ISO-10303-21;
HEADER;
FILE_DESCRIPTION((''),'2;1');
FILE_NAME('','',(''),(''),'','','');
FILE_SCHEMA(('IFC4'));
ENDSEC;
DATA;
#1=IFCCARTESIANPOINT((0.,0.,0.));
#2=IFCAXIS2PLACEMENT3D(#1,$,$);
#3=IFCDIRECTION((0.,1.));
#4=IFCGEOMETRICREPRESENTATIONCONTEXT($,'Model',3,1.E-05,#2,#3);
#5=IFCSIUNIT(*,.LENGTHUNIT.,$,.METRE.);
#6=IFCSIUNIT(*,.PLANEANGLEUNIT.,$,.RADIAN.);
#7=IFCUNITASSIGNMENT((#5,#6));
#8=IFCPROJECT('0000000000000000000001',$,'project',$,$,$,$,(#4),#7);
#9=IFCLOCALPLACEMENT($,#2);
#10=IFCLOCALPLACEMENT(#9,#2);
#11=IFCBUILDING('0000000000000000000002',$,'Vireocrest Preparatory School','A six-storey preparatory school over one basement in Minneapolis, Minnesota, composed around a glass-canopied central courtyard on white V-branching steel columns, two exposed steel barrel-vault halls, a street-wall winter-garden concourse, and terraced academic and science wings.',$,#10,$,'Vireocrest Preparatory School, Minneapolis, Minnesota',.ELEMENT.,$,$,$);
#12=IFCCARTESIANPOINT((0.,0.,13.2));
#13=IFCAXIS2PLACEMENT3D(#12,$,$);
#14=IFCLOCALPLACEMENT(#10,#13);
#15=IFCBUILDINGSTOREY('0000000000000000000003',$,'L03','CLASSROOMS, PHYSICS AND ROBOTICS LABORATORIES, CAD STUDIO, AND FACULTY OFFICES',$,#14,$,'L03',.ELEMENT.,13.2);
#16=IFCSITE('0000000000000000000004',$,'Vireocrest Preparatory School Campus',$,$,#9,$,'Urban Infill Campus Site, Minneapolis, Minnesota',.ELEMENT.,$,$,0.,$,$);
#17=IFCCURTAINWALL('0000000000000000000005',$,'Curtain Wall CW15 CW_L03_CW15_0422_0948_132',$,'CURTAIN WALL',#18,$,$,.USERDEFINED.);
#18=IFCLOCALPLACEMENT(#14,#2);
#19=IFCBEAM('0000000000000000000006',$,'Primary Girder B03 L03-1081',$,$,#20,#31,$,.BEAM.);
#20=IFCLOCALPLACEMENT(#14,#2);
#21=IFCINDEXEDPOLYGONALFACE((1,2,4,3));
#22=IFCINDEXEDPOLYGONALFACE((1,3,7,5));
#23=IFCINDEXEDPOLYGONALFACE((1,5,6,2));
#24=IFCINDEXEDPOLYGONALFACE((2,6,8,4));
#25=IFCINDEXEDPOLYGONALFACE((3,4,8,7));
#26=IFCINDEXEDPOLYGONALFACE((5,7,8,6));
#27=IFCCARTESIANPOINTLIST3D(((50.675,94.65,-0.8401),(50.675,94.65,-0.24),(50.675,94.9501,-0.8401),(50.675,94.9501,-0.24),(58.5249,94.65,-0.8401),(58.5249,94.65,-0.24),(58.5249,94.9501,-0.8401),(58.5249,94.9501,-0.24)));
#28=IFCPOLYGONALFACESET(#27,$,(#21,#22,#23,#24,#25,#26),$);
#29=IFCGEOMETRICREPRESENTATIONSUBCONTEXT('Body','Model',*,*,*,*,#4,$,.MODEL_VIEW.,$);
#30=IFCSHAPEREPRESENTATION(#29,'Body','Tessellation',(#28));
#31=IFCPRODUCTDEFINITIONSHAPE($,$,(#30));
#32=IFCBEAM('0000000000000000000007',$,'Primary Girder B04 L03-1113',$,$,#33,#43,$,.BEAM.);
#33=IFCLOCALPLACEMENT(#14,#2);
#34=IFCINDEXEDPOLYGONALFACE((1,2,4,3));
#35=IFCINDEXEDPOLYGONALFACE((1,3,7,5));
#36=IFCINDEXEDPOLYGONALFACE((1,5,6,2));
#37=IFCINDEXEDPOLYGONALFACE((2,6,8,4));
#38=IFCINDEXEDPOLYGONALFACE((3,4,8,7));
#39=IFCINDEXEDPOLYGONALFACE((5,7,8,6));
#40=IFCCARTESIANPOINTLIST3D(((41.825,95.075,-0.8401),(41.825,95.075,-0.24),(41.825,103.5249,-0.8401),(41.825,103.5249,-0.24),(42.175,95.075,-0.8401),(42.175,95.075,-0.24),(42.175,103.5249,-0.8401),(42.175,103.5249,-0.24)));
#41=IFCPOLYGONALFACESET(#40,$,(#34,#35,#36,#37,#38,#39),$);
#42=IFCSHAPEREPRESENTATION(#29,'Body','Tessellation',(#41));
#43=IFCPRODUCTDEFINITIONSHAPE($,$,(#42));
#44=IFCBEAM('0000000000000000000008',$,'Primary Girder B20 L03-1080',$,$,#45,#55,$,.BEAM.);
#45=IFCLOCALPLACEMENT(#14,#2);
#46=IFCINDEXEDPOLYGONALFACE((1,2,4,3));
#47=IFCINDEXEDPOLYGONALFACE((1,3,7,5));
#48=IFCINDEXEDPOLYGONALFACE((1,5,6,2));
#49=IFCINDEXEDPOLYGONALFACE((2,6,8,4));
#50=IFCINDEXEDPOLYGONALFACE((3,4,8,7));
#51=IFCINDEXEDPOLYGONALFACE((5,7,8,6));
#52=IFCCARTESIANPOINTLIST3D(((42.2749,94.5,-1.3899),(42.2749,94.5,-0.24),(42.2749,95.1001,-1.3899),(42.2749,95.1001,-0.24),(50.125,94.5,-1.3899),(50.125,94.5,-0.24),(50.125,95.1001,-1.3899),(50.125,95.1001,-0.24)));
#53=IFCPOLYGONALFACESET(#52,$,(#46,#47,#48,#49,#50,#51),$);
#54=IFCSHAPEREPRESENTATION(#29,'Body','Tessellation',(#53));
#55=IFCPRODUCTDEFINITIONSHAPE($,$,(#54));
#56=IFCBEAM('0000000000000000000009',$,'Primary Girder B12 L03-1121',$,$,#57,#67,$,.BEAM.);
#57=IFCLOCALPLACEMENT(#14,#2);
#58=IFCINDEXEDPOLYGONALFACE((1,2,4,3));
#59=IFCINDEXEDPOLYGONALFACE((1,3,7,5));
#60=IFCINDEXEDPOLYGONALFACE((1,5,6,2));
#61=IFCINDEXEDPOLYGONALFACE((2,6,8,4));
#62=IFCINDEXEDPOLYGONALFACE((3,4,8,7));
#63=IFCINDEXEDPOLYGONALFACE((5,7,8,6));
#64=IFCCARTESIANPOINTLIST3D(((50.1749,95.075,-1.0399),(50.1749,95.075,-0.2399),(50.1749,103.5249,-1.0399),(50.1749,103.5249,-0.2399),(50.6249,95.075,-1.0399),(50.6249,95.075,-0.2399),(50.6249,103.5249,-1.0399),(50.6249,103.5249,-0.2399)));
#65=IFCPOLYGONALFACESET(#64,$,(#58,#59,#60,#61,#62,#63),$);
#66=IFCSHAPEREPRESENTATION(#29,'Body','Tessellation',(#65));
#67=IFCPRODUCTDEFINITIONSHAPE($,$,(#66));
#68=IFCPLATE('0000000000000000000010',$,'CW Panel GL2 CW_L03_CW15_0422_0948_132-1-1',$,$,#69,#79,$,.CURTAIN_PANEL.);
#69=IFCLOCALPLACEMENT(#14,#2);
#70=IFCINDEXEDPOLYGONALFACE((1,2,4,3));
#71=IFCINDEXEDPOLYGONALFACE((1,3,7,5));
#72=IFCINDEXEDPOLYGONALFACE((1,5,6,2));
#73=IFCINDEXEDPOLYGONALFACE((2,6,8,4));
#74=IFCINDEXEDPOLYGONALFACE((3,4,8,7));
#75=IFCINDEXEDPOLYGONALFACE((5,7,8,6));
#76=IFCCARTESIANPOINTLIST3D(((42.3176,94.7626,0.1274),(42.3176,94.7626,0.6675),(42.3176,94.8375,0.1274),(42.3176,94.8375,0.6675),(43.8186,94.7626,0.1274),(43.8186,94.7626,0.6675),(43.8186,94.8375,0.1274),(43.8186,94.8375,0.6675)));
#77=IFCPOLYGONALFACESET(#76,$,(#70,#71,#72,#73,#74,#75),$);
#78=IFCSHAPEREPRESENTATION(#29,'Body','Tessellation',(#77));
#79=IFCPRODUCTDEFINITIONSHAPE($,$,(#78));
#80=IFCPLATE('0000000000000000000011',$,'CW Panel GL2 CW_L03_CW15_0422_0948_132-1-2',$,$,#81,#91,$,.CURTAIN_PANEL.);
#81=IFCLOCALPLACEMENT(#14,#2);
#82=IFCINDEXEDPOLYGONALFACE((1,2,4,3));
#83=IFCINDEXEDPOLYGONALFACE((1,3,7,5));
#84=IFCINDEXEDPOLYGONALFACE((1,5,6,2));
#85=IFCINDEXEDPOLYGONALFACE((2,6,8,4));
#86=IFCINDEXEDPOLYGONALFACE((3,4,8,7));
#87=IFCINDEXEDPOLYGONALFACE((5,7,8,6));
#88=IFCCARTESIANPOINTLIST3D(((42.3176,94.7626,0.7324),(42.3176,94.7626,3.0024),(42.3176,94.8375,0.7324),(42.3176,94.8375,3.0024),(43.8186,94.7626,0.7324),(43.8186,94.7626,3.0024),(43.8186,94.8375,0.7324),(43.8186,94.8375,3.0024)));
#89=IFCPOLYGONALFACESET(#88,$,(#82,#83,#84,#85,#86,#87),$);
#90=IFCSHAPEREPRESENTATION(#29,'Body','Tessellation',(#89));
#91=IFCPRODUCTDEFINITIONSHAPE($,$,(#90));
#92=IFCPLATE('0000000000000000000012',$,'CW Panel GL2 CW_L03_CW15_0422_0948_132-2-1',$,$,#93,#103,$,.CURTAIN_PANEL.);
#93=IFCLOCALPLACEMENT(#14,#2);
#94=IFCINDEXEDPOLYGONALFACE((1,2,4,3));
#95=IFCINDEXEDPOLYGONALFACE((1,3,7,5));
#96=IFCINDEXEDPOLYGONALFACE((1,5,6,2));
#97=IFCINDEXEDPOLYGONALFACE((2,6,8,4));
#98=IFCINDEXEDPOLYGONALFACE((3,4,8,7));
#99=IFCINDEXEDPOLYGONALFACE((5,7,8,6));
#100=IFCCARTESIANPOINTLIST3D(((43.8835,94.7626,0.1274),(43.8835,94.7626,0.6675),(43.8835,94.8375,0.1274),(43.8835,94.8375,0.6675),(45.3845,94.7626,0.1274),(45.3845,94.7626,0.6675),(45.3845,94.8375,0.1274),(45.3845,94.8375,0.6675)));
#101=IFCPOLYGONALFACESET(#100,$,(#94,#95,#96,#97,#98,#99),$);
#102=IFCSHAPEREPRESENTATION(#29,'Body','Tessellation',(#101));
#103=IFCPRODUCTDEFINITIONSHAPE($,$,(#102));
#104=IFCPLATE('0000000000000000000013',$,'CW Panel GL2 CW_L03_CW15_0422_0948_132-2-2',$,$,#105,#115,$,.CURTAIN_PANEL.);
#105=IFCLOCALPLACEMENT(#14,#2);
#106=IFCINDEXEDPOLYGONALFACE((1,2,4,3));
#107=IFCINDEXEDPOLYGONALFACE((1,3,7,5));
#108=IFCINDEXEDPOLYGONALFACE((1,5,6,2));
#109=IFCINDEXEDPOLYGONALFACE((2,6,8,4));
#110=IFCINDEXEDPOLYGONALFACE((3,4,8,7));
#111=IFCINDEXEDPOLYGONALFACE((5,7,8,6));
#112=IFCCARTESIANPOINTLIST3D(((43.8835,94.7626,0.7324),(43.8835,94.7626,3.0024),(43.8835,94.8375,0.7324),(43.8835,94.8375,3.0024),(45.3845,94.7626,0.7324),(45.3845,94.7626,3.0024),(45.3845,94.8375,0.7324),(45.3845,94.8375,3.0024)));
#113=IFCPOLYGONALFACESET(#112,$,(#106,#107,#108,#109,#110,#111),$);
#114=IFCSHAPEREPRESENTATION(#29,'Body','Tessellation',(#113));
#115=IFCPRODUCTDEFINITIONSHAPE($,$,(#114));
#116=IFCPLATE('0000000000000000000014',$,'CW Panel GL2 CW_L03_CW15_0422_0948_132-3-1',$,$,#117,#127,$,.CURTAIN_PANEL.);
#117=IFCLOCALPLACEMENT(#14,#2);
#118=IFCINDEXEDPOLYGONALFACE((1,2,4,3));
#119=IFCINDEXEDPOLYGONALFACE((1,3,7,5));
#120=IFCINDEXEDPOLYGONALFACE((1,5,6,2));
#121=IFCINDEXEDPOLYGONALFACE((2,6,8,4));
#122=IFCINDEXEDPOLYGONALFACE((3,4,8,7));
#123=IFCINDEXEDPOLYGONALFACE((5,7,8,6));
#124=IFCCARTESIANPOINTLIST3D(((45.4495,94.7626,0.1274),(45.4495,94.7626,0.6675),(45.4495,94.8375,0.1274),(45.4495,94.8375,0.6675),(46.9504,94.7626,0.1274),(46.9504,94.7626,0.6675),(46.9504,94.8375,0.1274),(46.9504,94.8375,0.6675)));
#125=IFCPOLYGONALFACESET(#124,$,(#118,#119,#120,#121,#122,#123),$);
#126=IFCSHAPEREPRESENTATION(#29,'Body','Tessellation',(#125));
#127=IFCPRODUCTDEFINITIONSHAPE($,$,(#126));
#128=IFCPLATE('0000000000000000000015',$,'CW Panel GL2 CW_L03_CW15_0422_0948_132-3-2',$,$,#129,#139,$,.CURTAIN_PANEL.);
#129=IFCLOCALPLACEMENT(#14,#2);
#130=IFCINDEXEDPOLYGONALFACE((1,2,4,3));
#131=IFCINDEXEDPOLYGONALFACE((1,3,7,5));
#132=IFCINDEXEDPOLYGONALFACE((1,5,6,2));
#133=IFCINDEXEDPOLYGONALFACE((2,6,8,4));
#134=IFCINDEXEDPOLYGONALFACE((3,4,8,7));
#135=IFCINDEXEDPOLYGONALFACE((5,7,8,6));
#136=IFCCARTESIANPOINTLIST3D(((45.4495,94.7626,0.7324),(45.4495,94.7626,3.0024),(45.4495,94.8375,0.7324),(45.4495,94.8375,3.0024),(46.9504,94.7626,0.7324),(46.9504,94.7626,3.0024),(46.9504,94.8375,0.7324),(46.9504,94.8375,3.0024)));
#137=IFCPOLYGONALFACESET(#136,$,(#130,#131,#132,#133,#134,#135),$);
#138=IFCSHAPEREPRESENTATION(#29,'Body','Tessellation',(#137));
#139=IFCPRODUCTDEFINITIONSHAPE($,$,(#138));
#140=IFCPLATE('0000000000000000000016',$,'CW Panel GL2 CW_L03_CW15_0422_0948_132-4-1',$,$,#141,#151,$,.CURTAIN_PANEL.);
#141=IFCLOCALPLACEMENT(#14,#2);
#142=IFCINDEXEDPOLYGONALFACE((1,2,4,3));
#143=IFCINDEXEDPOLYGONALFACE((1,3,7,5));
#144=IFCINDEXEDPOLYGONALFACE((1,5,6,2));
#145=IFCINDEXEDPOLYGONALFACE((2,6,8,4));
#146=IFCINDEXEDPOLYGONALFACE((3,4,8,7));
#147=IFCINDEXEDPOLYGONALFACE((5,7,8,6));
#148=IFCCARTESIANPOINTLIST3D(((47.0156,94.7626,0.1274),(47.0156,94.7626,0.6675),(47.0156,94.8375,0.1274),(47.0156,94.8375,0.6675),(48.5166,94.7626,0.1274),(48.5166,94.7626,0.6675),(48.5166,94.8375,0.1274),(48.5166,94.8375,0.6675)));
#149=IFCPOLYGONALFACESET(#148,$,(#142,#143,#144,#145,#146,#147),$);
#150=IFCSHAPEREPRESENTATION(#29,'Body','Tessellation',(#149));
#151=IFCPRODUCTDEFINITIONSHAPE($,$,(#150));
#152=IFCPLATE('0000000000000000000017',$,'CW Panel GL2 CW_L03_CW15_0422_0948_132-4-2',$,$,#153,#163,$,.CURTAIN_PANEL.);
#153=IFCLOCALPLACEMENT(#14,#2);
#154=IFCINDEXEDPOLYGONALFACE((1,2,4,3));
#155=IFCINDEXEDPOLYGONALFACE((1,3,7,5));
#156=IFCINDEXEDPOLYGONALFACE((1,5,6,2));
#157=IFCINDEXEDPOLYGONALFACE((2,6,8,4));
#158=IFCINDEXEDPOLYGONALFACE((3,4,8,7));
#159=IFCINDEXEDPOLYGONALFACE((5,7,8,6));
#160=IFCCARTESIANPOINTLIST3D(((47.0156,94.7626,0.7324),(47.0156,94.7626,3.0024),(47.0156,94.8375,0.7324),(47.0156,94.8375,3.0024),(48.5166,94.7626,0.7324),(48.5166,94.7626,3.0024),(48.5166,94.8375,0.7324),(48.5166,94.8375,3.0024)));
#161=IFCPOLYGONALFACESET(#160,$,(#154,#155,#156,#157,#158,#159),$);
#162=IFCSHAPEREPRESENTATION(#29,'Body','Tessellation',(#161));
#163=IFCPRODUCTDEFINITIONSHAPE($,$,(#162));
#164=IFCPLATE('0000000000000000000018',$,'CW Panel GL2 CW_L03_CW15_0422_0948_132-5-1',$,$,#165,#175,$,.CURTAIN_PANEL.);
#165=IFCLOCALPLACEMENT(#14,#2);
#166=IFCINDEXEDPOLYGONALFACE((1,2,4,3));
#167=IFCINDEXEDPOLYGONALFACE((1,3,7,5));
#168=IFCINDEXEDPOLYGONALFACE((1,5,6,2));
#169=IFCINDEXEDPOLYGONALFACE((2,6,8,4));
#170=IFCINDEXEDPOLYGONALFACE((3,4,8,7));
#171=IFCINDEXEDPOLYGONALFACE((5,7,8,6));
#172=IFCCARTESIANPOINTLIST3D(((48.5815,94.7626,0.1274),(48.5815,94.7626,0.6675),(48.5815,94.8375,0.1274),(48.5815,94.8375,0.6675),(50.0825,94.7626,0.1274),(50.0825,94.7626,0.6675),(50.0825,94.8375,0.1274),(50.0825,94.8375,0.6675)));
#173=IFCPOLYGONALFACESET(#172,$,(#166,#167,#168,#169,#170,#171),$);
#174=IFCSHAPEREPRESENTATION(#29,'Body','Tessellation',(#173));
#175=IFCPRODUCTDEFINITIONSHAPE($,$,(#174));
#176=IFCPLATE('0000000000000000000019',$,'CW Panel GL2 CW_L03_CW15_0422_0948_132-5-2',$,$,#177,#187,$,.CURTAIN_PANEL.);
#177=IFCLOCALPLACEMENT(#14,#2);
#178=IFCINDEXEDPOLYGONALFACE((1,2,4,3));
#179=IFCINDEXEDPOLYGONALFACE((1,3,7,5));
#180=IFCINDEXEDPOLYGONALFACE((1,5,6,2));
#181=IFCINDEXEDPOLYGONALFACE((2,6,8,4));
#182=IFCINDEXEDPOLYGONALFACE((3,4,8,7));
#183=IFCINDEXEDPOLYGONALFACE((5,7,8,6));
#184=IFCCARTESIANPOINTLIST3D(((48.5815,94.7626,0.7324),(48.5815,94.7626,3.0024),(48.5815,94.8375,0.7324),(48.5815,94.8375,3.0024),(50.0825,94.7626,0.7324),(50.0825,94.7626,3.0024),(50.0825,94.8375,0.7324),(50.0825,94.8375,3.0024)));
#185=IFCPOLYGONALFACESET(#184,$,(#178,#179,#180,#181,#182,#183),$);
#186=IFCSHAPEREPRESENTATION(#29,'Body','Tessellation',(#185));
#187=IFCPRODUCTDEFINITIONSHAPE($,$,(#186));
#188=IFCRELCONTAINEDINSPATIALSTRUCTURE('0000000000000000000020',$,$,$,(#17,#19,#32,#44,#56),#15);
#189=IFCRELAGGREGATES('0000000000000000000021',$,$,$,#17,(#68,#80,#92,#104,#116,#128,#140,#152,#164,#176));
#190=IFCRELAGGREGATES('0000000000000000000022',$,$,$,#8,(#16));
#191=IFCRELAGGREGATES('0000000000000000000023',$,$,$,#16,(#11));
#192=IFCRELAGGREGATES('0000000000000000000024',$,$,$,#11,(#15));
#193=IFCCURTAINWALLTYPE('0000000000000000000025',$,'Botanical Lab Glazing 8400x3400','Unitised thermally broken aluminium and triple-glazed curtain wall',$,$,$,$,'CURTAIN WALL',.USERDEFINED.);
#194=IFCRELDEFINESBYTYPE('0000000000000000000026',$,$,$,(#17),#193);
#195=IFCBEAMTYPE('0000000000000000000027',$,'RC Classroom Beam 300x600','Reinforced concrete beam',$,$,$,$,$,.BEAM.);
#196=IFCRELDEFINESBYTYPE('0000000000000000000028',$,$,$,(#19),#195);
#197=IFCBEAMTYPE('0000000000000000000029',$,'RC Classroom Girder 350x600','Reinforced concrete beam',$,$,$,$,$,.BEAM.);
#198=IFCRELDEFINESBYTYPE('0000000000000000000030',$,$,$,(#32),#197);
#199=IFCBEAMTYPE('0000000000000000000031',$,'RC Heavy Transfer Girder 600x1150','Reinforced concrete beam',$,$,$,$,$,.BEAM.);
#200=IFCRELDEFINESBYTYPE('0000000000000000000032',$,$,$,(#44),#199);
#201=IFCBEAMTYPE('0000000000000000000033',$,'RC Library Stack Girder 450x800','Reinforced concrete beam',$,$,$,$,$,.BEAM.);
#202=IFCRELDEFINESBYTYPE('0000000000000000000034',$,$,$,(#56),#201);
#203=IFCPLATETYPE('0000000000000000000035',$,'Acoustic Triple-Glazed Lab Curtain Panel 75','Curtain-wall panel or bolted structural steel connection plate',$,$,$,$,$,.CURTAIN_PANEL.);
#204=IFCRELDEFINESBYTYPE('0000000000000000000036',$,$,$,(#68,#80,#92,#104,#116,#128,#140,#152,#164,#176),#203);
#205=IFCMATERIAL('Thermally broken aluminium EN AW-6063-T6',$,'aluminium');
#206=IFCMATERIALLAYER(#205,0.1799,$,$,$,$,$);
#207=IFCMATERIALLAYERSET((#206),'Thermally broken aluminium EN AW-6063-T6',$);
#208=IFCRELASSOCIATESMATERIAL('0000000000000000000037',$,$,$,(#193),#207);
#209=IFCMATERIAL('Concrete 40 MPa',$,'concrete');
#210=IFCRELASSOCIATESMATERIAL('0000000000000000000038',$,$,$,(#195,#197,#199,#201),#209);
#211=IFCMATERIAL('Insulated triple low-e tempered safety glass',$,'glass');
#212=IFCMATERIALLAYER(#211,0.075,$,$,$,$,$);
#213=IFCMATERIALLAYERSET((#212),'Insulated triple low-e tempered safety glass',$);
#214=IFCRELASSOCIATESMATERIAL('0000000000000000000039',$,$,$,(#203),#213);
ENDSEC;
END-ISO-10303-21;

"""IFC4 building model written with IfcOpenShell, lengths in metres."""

from ifc_helpers import new_model, si_unit, direction, frame, origin, origin_2d, place, context, subcontext, project, spatial, rectangle, extrude, material, layer, layer_set, material_profile, profile_set, type_object, element, aggregate, save


model = new_model("IFC4")

# Units and contexts
model_context = context("Model", 3, precision=1e-05, world=origin(), true_north=direction((0.0, 1.0)))
body_context = subcontext(model_context, "Body", "Model", "MODEL_VIEW")
ifc_project = project(units=[si_unit("LENGTHUNIT", "METRE"), si_unit("PLANEANGLEUNIT", "RADIAN")], contexts=[model_context])

# Site, building, storey
site_placement = place(None, origin())
site = spatial("IfcSite", under=ifc_project, at=site_placement, Name="Vireocrest Preparatory School Campus", LongName="Urban Infill Campus Site, Minneapolis, Minnesota", CompositionType="ELEMENT", RefElevation=0.0)
building_placement = place(site_placement, origin())
building = spatial("IfcBuilding", under=site, at=building_placement, Name="Vireocrest Preparatory School", Description="A six-storey preparatory school over one basement in Minneapolis, Minnesota, composed around a glass-canopied central courtyard on white V-branching steel columns, two exposed steel barrel-vault halls, a street-wall winter-garden concourse, and terraced academic and science wings.", LongName="Vireocrest Preparatory School, Minneapolis, Minnesota", CompositionType="ELEMENT")
storey_placement = place(building_placement, frame((0.0, 0.0, 13.2)))
storey = spatial("IfcBuildingStorey", under=building, at=storey_placement, Name="L03", Description="CLASSROOMS, PHYSICS AND ROBOTICS LABORATORIES, CAD STUDIO, AND FACULTY OFFICES", LongName="L03", CompositionType="ELEMENT", Elevation=13.2)

# Curtain wall
ifc_material_1 = material(Name="Thermally broken aluminium EN AW-6063-T6", Category="aluminium")
ifc_layer_1 = layer(ifc_material_1, 0.1799)
ifc_layer_set_1 = layer_set([ifc_layer_1], Name="Thermally broken aluminium EN AW-6063-T6")
curtain_wall_type = type_object("IfcCurtainWallType", Name="Botanical Lab Glazing 8400x3400", Description="Unitised thermally broken aluminium and triple-glazed curtain wall", ElementType="CURTAIN WALL", PredefinedType="USERDEFINED", material=ifc_layer_set_1)
curtain_wall_placement = place(storey_placement, origin())
curtain_wall = element("IfcCurtainWall", 1, at=curtain_wall_placement, inside=storey, type_object=curtain_wall_type, Name="Curtain Wall CW15 CW_L03_CW15_0422_0948_132", ObjectType="CURTAIN WALL", PredefinedType="USERDEFINED")

# Beams
ifc_material_2 = material(Name="Concrete 40 MPa", Category="concrete")
ifc_material_profile_1 = material_profile(ifc_material_2, rectangle(XDim=0.3, YDim=0.6001, at=origin_2d()), Name="RC 300x600")
ifc_profile_set_1 = profile_set([ifc_material_profile_1], Name="Concrete 40 MPa")
beam_type_1 = type_object("IfcBeamType", Name="RC Classroom Beam 300x600", Description="Reinforced concrete beam", PredefinedType="BEAM", material=ifc_profile_set_1)
beam_1_placement = place(storey_placement, frame((50.675, 94.8, -0.54), z_axis=(1.0, 0.0, 0.0), x_axis=(0.0, 1.0, 0.0)))
element("IfcBeam", 2, at=beam_1_placement, inside=storey, type_object=beam_type_1, Name="Primary Girder B03 L03-1081", PredefinedType="BEAM", context=body_context, shape_type="SweptSolid", body=[
    extrude(rectangle(XDim=0.3, YDim=0.6001, at=origin_2d()), origin(), (0.0, 0.0, 1.0), 7.8499),
])
ifc_material_profile_2 = material_profile(ifc_material_2, rectangle(XDim=0.3501, YDim=0.6001, at=origin_2d()), Name="RC 350x600")
ifc_profile_set_2 = profile_set([ifc_material_profile_2], Name="Concrete 40 MPa")
beam_type_2 = type_object("IfcBeamType", Name="RC Classroom Girder 350x600", Description="Reinforced concrete beam", PredefinedType="BEAM", material=ifc_profile_set_2)
beam_2_placement = place(storey_placement, frame((42.0, 95.075, -0.54), z_axis=(0.0, 1.0, 0.0), x_axis=(-1.0, 0.0, 0.0)))
element("IfcBeam", 3, at=beam_2_placement, inside=storey, type_object=beam_type_2, Name="Primary Girder B04 L03-1113", PredefinedType="BEAM", context=body_context, shape_type="SweptSolid", body=[
    extrude(rectangle(XDim=0.3501, YDim=0.6001, at=origin_2d()), origin(), (0.0, 0.0, 1.0), 8.45),
])
ifc_material_profile_3 = material_profile(ifc_material_2, rectangle(XDim=0.6001, YDim=1.1499, at=origin_2d()), Name="RC 600x1150")
ifc_profile_set_3 = profile_set([ifc_material_profile_3], Name="Concrete 40 MPa")
beam_type_3 = type_object("IfcBeamType", Name="RC Heavy Transfer Girder 600x1150", Description="Reinforced concrete beam", PredefinedType="BEAM", material=ifc_profile_set_3)
beam_3_placement = place(storey_placement, frame((42.2749, 94.8, -0.8149), z_axis=(1.0, 0.0, 0.0), x_axis=(0.0, 1.0, 0.0)))
element("IfcBeam", 4, at=beam_3_placement, inside=storey, type_object=beam_type_3, Name="Primary Girder B20 L03-1080", PredefinedType="BEAM", context=body_context, shape_type="SweptSolid", body=[
    extrude(rectangle(XDim=0.6001, YDim=1.1499, at=origin_2d()), origin(), (0.0, 0.0, 1.0), 7.8501),
])
ifc_material_profile_4 = material_profile(ifc_material_2, rectangle(XDim=0.45, YDim=0.8, at=origin_2d()), Name="RC 450x800")
ifc_profile_set_4 = profile_set([ifc_material_profile_4], Name="Concrete 40 MPa")
beam_type_4 = type_object("IfcBeamType", Name="RC Library Stack Girder 450x800", Description="Reinforced concrete beam", PredefinedType="BEAM", material=ifc_profile_set_4)
beam_4_placement = place(storey_placement, frame((50.3999, 95.075, -0.6399), z_axis=(0.0, 1.0, 0.0), x_axis=(-1.0, 0.0, 0.0)))
element("IfcBeam", 5, at=beam_4_placement, inside=storey, type_object=beam_type_4, Name="Primary Girder B12 L03-1121", PredefinedType="BEAM", context=body_context, shape_type="SweptSolid", body=[
    extrude(rectangle(XDim=0.45, YDim=0.8, at=origin_2d()), origin(), (0.0, 0.0, 1.0), 8.45),
])

# Plates
ifc_material_3 = material(Name="Insulated triple low-e tempered safety glass", Category="glass")
ifc_layer_2 = layer(ifc_material_3, 0.075)
ifc_layer_set_2 = layer_set([ifc_layer_2], Name="Insulated triple low-e tempered safety glass")
plate_type = type_object("IfcPlateType", Name="Acoustic Triple-Glazed Lab Curtain Panel 75", Description="Curtain-wall panel or bolted structural steel connection plate", PredefinedType="CURTAIN_PANEL", material=ifc_layer_set_2)
plate_1_placement = place(storey_placement, frame((43.0681, 94.8, 0.1274), z_axis=(0.0, 0.0, 1.0), x_axis=(1.0, 0.0, 0.0)))
plate_1 = element("IfcPlate", 6, at=plate_1_placement, type_object=plate_type, Name="CW Panel GL2 CW_L03_CW15_0422_0948_132-1-1", PredefinedType="CURTAIN_PANEL", context=body_context, shape_type="SweptSolid", body=[
    extrude(rectangle(XDim=1.501, YDim=0.075, at=origin_2d()), origin(), (0.0, 0.0, 1.0), 0.54),
])
plate_2_placement = place(storey_placement, frame((43.0681, 94.8, 0.7324), z_axis=(0.0, 0.0, 1.0), x_axis=(1.0, 0.0, 0.0)))
plate_2 = element("IfcPlate", 7, at=plate_2_placement, type_object=plate_type, Name="CW Panel GL2 CW_L03_CW15_0422_0948_132-1-2", PredefinedType="CURTAIN_PANEL", context=body_context, shape_type="SweptSolid", body=[
    extrude(rectangle(XDim=1.501, YDim=0.075, at=origin_2d()), origin(), (0.0, 0.0, 1.0), 2.27),
])
plate_3_placement = place(storey_placement, frame((44.634, 94.8, 0.1274), z_axis=(0.0, 0.0, 1.0), x_axis=(1.0, 0.0, 0.0)))
plate_3 = element("IfcPlate", 8, at=plate_3_placement, type_object=plate_type, Name="CW Panel GL2 CW_L03_CW15_0422_0948_132-2-1", PredefinedType="CURTAIN_PANEL", context=body_context, shape_type="SweptSolid", body=[
    extrude(rectangle(XDim=1.501, YDim=0.075, at=origin_2d()), origin(), (0.0, 0.0, 1.0), 0.54),
])
plate_4_placement = place(storey_placement, frame((44.634, 94.8, 0.7324), z_axis=(0.0, 0.0, 1.0), x_axis=(1.0, 0.0, 0.0)))
plate_4 = element("IfcPlate", 9, at=plate_4_placement, type_object=plate_type, Name="CW Panel GL2 CW_L03_CW15_0422_0948_132-2-2", PredefinedType="CURTAIN_PANEL", context=body_context, shape_type="SweptSolid", body=[
    extrude(rectangle(XDim=1.501, YDim=0.075, at=origin_2d()), origin(), (0.0, 0.0, 1.0), 2.27),
])
plate_5_placement = place(storey_placement, frame((46.2, 94.8, 0.1274), z_axis=(0.0, 0.0, 1.0), x_axis=(1.0, 0.0, 0.0)))
plate_5 = element("IfcPlate", 10, at=plate_5_placement, type_object=plate_type, Name="CW Panel GL2 CW_L03_CW15_0422_0948_132-3-1", PredefinedType="CURTAIN_PANEL", context=body_context, shape_type="SweptSolid", body=[
    extrude(rectangle(XDim=1.501, YDim=0.075, at=origin_2d()), origin(), (0.0, 0.0, 1.0), 0.54),
])
plate_6_placement = place(storey_placement, frame((46.2, 94.8, 0.7324), z_axis=(0.0, 0.0, 1.0), x_axis=(1.0, 0.0, 0.0)))
plate_6 = element("IfcPlate", 11, at=plate_6_placement, type_object=plate_type, Name="CW Panel GL2 CW_L03_CW15_0422_0948_132-3-2", PredefinedType="CURTAIN_PANEL", context=body_context, shape_type="SweptSolid", body=[
    extrude(rectangle(XDim=1.501, YDim=0.075, at=origin_2d()), origin(), (0.0, 0.0, 1.0), 2.27),
])
plate_7_placement = place(storey_placement, frame((47.7661, 94.8, 0.1274), z_axis=(0.0, 0.0, 1.0), x_axis=(1.0, 0.0, 0.0)))
plate_7 = element("IfcPlate", 12, at=plate_7_placement, type_object=plate_type, Name="CW Panel GL2 CW_L03_CW15_0422_0948_132-4-1", PredefinedType="CURTAIN_PANEL", context=body_context, shape_type="SweptSolid", body=[
    extrude(rectangle(XDim=1.501, YDim=0.075, at=origin_2d()), origin(), (0.0, 0.0, 1.0), 0.54),
])
plate_8_placement = place(storey_placement, frame((47.7661, 94.8, 0.7324), z_axis=(0.0, 0.0, 1.0), x_axis=(1.0, 0.0, 0.0)))
plate_8 = element("IfcPlate", 13, at=plate_8_placement, type_object=plate_type, Name="CW Panel GL2 CW_L03_CW15_0422_0948_132-4-2", PredefinedType="CURTAIN_PANEL", context=body_context, shape_type="SweptSolid", body=[
    extrude(rectangle(XDim=1.501, YDim=0.075, at=origin_2d()), origin(), (0.0, 0.0, 1.0), 2.27),
])
plate_9_placement = place(storey_placement, frame((49.332, 94.8, 0.1274), z_axis=(0.0, 0.0, 1.0), x_axis=(1.0, 0.0, 0.0)))
plate_9 = element("IfcPlate", 14, at=plate_9_placement, type_object=plate_type, Name="CW Panel GL2 CW_L03_CW15_0422_0948_132-5-1", PredefinedType="CURTAIN_PANEL", context=body_context, shape_type="SweptSolid", body=[
    extrude(rectangle(XDim=1.501, YDim=0.075, at=origin_2d()), origin(), (0.0, 0.0, 1.0), 0.54),
])
plate_10_placement = place(storey_placement, frame((49.332, 94.8, 0.7324), z_axis=(0.0, 0.0, 1.0), x_axis=(1.0, 0.0, 0.0)))
plate_10 = element("IfcPlate", 15, at=plate_10_placement, type_object=plate_type, Name="CW Panel GL2 CW_L03_CW15_0422_0948_132-5-2", PredefinedType="CURTAIN_PANEL", context=body_context, shape_type="SweptSolid", body=[
    extrude(rectangle(XDim=1.501, YDim=0.075, at=origin_2d()), origin(), (0.0, 0.0, 1.0), 2.27),
])
aggregate(curtain_wall, [plate_1, plate_2, plate_3, plate_4, plate_5, plate_6, plate_7, plate_8, plate_9, plate_10])

save(model, "model.ifc")
